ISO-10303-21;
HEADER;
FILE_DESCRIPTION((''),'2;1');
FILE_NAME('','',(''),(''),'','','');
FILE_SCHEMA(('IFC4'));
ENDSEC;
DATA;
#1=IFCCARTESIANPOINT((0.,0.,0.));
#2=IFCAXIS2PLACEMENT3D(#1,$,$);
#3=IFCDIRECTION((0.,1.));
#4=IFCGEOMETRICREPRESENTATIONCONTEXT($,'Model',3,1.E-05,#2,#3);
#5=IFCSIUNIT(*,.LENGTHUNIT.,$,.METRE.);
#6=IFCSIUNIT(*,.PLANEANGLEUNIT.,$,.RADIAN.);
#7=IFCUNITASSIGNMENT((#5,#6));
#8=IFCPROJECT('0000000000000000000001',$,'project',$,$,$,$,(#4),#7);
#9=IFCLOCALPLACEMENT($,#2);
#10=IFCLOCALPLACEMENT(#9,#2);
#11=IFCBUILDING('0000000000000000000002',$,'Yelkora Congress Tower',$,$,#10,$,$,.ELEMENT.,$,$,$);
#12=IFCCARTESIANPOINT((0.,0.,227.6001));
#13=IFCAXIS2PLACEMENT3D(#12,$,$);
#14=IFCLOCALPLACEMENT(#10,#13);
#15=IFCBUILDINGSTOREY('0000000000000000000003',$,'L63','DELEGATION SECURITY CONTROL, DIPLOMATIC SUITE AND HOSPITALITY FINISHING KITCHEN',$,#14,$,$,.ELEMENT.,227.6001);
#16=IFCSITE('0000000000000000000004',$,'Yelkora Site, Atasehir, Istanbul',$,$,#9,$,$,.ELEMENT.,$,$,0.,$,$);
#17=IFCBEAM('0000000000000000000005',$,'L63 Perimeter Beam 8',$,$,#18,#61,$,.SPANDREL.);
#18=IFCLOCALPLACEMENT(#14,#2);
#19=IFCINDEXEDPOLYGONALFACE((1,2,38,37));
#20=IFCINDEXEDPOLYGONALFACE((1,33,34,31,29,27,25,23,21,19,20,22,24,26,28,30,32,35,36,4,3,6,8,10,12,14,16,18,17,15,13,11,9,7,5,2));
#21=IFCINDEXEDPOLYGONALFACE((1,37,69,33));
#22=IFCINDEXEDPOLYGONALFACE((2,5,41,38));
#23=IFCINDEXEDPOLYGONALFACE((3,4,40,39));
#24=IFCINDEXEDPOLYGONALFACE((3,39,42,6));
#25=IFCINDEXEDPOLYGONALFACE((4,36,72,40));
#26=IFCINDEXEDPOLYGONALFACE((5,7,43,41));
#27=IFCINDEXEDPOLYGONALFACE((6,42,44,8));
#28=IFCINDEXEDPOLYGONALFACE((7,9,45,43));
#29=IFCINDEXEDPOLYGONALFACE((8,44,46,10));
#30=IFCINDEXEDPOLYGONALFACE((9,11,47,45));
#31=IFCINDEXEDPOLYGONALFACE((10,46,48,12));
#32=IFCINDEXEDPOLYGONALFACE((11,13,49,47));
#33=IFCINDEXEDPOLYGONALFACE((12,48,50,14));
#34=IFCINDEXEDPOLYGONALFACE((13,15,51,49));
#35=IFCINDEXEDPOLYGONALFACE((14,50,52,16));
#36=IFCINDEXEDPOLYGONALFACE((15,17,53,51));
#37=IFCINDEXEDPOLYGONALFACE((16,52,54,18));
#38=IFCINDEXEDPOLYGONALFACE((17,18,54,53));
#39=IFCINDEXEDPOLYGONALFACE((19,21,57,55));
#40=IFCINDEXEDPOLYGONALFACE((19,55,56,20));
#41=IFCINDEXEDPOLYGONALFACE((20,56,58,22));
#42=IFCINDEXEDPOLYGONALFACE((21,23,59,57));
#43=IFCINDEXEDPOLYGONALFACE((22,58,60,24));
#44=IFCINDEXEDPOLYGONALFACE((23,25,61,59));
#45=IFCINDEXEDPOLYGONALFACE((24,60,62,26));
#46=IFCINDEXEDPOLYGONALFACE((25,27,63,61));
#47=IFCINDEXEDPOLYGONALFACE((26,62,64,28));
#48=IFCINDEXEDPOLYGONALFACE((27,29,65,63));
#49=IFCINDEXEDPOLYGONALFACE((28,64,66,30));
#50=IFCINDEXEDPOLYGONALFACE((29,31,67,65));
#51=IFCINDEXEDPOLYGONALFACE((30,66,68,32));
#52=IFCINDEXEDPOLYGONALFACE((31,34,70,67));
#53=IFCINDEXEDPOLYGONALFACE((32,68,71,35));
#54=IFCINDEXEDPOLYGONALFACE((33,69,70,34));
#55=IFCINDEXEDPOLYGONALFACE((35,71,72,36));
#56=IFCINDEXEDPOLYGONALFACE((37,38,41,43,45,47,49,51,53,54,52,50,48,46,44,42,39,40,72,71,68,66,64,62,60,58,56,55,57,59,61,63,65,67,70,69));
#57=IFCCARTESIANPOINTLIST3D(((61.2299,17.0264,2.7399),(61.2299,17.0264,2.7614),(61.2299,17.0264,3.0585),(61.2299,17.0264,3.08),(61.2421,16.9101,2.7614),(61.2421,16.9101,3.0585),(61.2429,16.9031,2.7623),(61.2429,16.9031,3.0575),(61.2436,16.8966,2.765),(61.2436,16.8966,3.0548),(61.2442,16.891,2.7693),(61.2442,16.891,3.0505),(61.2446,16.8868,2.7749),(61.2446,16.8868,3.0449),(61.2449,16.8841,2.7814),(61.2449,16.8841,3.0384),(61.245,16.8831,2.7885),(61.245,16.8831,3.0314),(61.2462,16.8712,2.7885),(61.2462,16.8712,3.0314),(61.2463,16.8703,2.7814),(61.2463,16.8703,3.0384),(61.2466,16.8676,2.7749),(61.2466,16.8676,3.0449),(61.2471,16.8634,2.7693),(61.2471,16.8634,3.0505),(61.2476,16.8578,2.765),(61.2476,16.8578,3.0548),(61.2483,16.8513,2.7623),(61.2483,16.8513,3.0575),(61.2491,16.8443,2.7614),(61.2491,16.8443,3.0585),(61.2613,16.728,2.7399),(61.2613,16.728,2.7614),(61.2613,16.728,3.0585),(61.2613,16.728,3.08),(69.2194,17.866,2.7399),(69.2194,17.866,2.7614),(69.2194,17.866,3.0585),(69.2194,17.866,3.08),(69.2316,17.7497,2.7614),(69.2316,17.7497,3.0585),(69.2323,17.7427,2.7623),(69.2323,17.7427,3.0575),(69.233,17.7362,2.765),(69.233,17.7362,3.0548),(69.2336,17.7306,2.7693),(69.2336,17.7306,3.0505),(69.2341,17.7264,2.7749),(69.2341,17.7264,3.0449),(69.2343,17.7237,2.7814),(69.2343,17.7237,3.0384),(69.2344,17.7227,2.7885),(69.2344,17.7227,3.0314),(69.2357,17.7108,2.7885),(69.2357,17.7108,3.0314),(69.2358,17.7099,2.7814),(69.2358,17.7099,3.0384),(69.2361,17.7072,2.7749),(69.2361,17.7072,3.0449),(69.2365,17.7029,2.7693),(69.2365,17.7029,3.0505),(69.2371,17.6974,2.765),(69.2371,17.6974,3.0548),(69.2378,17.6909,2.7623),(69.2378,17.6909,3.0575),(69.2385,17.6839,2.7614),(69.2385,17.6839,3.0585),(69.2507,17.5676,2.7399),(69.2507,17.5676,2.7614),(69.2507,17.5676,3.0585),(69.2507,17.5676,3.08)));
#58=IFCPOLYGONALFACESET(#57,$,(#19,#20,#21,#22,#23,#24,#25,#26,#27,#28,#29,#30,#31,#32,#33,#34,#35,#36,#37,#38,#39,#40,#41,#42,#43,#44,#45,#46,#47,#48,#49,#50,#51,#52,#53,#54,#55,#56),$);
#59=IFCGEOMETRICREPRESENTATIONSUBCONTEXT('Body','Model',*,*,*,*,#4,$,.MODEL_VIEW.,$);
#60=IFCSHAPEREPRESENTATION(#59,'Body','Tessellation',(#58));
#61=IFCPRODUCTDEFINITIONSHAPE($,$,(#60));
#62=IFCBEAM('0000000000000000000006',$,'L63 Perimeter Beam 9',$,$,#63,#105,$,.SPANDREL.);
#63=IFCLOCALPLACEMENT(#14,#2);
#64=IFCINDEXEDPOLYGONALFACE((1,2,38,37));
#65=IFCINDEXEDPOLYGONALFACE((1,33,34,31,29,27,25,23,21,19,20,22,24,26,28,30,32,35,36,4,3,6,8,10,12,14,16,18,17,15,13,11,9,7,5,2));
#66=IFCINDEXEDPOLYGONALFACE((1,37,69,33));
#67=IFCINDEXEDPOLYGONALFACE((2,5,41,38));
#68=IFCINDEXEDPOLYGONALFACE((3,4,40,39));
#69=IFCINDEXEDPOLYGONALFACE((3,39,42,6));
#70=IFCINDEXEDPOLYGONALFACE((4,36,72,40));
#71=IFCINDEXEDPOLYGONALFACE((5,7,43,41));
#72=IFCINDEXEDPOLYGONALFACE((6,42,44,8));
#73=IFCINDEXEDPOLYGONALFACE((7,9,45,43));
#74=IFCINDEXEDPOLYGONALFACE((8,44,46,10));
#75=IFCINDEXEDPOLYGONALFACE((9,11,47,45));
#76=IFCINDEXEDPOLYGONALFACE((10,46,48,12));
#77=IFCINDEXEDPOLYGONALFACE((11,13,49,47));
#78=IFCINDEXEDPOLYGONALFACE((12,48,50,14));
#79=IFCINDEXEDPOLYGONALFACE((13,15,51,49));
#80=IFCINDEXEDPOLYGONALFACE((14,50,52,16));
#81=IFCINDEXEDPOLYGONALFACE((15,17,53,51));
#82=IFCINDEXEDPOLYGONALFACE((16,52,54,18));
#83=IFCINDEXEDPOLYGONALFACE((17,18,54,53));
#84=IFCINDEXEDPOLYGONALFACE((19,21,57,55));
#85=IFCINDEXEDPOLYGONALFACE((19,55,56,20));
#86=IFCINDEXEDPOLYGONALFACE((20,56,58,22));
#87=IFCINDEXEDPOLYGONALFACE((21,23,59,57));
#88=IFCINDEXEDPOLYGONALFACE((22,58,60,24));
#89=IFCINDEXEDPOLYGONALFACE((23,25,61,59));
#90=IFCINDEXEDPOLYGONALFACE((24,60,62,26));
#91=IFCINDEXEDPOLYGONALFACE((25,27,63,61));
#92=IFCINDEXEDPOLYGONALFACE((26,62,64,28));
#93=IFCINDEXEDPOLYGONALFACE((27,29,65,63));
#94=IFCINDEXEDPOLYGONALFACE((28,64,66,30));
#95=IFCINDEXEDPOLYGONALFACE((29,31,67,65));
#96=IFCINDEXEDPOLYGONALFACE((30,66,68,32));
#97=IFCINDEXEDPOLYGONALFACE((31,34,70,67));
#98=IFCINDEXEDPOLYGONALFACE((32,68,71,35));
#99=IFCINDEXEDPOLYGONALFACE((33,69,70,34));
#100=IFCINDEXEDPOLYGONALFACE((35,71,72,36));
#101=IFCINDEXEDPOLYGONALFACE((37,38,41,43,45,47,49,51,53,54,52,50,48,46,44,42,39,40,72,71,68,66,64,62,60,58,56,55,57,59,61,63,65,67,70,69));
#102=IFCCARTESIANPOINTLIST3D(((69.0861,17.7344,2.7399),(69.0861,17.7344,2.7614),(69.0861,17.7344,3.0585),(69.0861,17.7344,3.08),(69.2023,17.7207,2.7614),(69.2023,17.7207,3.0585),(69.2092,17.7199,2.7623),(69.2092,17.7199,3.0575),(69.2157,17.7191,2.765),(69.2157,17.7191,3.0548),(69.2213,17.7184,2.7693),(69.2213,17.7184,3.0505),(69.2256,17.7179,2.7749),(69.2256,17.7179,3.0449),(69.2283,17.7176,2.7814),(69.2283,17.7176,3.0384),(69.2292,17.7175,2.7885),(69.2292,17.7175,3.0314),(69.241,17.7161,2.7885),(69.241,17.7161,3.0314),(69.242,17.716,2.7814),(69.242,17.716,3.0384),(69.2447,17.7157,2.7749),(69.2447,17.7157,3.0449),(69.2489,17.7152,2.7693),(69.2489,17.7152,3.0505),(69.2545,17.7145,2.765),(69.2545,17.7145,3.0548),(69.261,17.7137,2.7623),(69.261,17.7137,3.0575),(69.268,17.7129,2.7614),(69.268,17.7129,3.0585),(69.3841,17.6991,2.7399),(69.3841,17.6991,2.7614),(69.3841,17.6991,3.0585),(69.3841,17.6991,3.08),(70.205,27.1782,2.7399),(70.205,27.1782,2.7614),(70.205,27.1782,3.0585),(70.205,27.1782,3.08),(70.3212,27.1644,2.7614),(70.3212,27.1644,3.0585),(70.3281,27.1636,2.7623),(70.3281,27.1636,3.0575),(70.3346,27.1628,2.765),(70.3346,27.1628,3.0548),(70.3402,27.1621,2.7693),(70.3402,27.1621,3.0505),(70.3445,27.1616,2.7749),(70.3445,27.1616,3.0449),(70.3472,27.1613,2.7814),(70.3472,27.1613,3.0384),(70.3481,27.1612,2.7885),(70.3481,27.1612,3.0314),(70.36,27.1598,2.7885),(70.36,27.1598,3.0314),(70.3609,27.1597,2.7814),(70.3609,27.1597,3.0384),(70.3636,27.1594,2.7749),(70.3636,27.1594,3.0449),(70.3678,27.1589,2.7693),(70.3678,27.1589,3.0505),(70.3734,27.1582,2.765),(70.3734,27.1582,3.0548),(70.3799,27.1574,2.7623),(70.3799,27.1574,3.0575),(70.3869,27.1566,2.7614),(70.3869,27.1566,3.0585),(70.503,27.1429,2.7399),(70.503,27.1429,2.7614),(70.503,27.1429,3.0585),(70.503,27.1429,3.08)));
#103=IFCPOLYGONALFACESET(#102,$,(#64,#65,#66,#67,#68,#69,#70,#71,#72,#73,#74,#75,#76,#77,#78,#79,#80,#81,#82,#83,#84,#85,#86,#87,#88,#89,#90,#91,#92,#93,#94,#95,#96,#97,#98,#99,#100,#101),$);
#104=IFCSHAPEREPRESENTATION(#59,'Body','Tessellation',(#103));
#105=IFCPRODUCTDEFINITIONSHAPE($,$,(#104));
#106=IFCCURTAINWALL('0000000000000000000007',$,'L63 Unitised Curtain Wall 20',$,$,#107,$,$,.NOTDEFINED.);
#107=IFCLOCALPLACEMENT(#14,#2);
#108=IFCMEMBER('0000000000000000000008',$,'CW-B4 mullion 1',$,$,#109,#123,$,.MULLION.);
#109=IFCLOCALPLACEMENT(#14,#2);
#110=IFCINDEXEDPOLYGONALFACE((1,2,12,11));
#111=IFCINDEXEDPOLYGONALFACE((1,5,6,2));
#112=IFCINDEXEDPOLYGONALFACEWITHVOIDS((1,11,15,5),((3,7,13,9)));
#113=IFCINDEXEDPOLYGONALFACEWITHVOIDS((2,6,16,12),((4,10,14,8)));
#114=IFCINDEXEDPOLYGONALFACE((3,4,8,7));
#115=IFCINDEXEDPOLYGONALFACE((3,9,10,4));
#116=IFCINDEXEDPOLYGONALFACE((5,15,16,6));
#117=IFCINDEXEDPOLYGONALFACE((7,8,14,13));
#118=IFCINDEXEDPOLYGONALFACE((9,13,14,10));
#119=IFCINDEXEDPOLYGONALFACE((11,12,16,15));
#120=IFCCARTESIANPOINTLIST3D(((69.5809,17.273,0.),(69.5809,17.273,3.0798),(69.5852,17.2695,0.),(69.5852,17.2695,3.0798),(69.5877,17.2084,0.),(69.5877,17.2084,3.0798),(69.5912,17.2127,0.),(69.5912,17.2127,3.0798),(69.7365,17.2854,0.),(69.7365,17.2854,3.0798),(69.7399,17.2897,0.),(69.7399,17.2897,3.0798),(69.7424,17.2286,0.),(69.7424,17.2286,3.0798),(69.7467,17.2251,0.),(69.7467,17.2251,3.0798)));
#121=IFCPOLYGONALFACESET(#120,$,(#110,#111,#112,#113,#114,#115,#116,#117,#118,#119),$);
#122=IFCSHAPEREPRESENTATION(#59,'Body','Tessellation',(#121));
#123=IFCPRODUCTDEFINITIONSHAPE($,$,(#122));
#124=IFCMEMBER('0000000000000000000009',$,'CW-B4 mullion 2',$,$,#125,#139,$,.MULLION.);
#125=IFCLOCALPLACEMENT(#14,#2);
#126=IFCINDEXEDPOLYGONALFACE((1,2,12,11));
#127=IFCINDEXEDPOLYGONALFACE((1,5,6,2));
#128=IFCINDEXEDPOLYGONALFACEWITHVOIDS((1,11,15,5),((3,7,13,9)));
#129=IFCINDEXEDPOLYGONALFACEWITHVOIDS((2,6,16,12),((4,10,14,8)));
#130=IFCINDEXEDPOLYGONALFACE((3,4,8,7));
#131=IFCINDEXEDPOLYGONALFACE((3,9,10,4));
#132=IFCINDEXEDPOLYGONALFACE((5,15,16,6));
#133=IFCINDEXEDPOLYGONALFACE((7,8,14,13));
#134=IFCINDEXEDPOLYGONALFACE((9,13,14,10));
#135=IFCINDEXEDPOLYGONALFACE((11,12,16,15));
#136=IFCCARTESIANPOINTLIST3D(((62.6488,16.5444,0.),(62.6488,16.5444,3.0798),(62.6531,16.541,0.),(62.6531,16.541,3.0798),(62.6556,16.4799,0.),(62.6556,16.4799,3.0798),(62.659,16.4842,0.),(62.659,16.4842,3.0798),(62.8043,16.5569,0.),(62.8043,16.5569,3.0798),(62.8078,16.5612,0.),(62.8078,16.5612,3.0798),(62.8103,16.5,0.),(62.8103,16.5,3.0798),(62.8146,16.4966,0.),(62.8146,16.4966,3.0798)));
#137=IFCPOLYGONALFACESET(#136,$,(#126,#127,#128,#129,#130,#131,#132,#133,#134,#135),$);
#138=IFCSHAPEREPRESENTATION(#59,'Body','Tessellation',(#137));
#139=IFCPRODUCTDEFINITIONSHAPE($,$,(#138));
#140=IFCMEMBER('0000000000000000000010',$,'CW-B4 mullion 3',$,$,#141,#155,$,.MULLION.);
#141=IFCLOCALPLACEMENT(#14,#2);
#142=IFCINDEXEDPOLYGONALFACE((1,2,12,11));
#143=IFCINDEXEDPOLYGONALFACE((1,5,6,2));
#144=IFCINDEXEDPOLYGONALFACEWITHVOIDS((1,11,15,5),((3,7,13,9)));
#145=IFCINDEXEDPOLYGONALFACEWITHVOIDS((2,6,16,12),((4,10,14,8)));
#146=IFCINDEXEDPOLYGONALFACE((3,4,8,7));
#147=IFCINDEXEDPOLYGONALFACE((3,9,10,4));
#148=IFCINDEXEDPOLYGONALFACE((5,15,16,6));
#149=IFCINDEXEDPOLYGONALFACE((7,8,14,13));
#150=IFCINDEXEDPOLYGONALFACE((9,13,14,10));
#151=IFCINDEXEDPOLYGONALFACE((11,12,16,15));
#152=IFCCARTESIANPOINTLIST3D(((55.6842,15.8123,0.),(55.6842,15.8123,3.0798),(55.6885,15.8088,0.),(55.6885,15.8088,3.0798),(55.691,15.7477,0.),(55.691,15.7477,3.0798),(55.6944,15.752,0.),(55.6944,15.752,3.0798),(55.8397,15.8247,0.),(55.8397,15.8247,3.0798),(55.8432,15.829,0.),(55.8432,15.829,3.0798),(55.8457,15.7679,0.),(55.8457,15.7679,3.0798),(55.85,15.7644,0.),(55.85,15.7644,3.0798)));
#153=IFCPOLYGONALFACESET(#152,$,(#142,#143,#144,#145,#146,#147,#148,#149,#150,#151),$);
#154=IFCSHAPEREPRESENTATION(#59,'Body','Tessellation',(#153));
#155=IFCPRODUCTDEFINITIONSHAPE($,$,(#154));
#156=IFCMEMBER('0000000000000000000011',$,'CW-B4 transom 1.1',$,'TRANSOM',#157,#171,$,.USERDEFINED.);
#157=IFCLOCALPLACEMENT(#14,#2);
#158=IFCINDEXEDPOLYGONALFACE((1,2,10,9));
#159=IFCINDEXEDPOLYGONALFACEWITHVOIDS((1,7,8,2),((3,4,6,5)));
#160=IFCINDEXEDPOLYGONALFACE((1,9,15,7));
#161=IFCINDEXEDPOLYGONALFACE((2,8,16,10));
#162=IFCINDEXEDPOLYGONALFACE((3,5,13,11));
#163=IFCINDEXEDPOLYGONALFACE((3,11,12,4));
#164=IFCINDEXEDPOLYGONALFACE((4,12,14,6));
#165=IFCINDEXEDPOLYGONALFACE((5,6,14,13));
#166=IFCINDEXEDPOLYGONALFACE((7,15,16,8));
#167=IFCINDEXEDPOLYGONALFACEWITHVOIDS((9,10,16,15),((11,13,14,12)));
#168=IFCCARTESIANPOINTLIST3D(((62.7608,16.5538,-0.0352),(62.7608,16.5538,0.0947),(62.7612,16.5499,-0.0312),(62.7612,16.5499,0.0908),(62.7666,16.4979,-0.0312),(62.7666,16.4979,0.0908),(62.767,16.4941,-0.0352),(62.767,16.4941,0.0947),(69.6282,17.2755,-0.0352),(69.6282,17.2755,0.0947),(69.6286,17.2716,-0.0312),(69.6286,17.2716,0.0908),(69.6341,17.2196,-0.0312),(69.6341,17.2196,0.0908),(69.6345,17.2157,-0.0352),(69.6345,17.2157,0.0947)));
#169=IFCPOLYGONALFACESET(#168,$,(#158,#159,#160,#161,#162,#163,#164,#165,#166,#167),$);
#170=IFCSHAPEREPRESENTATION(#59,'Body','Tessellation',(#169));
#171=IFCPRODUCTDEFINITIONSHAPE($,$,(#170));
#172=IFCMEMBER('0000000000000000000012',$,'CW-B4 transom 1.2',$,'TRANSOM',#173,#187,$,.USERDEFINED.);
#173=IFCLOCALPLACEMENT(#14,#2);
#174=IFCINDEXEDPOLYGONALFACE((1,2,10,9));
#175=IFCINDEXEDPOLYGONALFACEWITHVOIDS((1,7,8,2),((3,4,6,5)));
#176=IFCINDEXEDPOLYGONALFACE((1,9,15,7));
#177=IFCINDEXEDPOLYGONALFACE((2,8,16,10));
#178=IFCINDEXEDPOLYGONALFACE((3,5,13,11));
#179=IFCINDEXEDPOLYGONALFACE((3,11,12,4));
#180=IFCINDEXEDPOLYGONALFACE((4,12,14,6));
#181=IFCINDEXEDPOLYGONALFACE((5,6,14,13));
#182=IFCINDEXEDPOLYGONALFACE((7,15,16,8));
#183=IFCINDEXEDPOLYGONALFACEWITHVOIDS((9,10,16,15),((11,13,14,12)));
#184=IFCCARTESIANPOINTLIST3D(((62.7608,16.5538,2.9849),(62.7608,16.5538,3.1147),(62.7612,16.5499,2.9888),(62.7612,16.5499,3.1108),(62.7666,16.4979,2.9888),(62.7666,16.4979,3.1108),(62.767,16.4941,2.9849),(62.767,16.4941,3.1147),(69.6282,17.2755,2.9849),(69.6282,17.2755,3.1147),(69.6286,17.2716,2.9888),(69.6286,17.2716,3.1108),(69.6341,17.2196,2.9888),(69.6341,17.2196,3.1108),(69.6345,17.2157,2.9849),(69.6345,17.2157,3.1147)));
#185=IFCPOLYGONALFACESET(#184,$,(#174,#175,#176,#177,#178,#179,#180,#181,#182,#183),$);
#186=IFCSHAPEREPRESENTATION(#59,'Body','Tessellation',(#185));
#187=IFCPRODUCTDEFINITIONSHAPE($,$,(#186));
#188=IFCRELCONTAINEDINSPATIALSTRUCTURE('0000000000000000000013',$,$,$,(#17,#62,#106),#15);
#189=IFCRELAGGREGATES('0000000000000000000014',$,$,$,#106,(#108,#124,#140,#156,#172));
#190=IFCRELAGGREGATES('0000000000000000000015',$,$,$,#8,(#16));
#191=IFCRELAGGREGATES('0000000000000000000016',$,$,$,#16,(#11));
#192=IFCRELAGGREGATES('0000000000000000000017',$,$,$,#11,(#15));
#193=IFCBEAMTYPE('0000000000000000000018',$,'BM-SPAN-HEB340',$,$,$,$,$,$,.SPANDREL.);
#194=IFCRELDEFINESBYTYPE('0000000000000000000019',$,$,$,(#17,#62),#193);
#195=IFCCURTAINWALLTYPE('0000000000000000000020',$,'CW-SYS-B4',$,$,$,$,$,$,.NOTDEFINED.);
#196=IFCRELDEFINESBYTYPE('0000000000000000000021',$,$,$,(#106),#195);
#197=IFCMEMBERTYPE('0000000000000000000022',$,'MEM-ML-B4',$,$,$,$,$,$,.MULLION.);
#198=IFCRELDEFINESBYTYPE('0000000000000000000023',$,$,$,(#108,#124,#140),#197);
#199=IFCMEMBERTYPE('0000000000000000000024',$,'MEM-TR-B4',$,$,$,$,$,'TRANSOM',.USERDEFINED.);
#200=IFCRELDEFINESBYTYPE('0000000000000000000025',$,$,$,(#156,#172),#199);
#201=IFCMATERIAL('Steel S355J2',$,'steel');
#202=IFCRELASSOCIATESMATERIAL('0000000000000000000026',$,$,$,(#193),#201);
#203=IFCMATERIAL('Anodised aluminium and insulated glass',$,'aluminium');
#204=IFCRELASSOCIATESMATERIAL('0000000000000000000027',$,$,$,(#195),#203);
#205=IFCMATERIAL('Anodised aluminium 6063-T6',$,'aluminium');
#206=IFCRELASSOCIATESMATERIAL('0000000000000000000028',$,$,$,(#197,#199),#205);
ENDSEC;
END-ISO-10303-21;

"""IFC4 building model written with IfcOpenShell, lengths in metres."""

from ifc_helpers import new_model, si_unit, direction, frame, origin, origin_2d, place, context, subcontext, project, spatial, hollow_rectangle, i_section, extrude, material, material_profile, profile_set, type_object, element, aggregate, save


model = new_model("IFC4")

# Units and contexts
model_context = context("Model", 3, precision=1e-05, world=origin(), true_north=direction((0.0, 1.0)))
body_context = subcontext(model_context, "Body", "Model", "MODEL_VIEW")
ifc_project = project(units=[si_unit("LENGTHUNIT", "METRE"), si_unit("PLANEANGLEUNIT", "RADIAN")], contexts=[model_context])

# Site, building, storey
site_placement = place(None, origin())
site = spatial("IfcSite", under=ifc_project, at=site_placement, Name="Yelkora Site, Atasehir, Istanbul", CompositionType="ELEMENT", RefElevation=0.0)
building_placement = place(site_placement, origin())
building = spatial("IfcBuilding", under=site, at=building_placement, Name="Yelkora Congress Tower", CompositionType="ELEMENT")
storey_placement = place(building_placement, frame((0.0, 0.0, 227.6001)))
storey = spatial("IfcBuildingStorey", under=building, at=storey_placement, Name="L63", Description="DELEGATION SECURITY CONTROL, DIPLOMATIC SUITE AND HOSPITALITY FINISHING KITCHEN", CompositionType="ELEMENT", Elevation=227.6001)

# Shared definitions
ifc_material_1 = material(Name="Steel S355J2", Category="steel")

# Beams
ifc_material_profile_1 = material_profile(ifc_material_1, i_section(OverallWidth=0.3, OverallDepth=0.3401, WebThickness=0.012, FlangeThickness=0.0215, FilletRadius=0.0271, at=origin_2d()), Name="HEB 340")
ifc_profile_set_1 = profile_set([ifc_material_profile_1], Name="Steel S355J2")
beam_type_1 = type_object("IfcBeamType", Name="BM-SPAN-HEB340", PredefinedType="SPANDREL", material=ifc_profile_set_1)
beam_1_placement = place(storey_placement, frame((61.2456, 16.8772, 2.9099), z_axis=(0.994524, 0.104512, 0.0), x_axis=(-0.104512, 0.994524, 0.0)))
element("IfcBeam", 1, at=beam_1_placement, inside=storey, type_object=beam_type_1, Name="L63 Perimeter Beam 8", PredefinedType="SPANDREL", context=body_context, shape_type="SweptSolid", body=[
    extrude(i_section(OverallWidth=0.3, OverallDepth=0.3401, WebThickness=0.012, FlangeThickness=0.0215, FilletRadius=0.0271, at=origin_2d()), origin(), (0.0, 0.0, 1.0), 8.0334),
])
beam_2_placement = place(storey_placement, frame((69.2351, 17.7168, 2.9099), z_axis=(0.117659, 0.993054, 0.0), x_axis=(-0.993054, 0.117659, 0.0)))
element("IfcBeam", 2, at=beam_2_placement, inside=storey, type_object=beam_type_1, Name="L63 Perimeter Beam 9", PredefinedType="SPANDREL", context=body_context, shape_type="SweptSolid", body=[
    extrude(i_section(OverallWidth=0.3, OverallDepth=0.3401, WebThickness=0.012, FlangeThickness=0.0215, FilletRadius=0.0271, at=origin_2d()), origin(), (0.0, 0.0, 1.0), 9.5098),
])

# Curtain wall, members
ifc_material_2 = material(Name="Anodised aluminium and insulated glass", Category="aluminium")
curtain_wall_type = type_object("IfcCurtainWallType", Name="CW-SYS-B4", PredefinedType="NOTDEFINED", material=ifc_material_2)
curtain_wall_placement = place(storey_placement, origin())
curtain_wall = element("IfcCurtainWall", 3, at=curtain_wall_placement, inside=storey, type_object=curtain_wall_type, Name="L63 Unitised Curtain Wall 20", PredefinedType="NOTDEFINED")
ifc_material_3 = material(Name="Anodised aluminium 6063-T6", Category="aluminium")
ifc_material_profile_2 = material_profile(ifc_material_3, hollow_rectangle(XDim=0.0649, YDim=0.1599, WallThickness=0.0039, at=origin_2d()), Name="ALU 65x160x4")
ifc_profile_set_2 = profile_set([ifc_material_profile_2], Name="Anodised aluminium 6063-T6")
member_type_1 = type_object("IfcMemberType", Name="MEM-ML-B4", PredefinedType="MULLION", material=ifc_profile_set_2)
member_1_placement = place(storey_placement, frame((69.6638, 17.249, 0.0), z_axis=(0.0, 0.0, 1.0), x_axis=(0.104527, -0.994522, 0.0)))
member_1 = element("IfcMember", 4, at=member_1_placement, type_object=member_type_1, Name="CW-B4 mullion 1", PredefinedType="MULLION", context=body_context, shape_type="SweptSolid", body=[
    extrude(hollow_rectangle(XDim=0.0649, YDim=0.1599, WallThickness=0.0039, at=origin_2d()), origin(), (0.0, 0.0, 1.0), 3.0798),
])
member_2_placement = place(storey_placement, frame((62.7317, 16.5205, 0.0), z_axis=(0.0, 0.0, 1.0), x_axis=(0.104527, -0.994522, 0.0)))
member_2 = element("IfcMember", 5, at=member_2_placement, type_object=member_type_1, Name="CW-B4 mullion 2", PredefinedType="MULLION", context=body_context, shape_type="SweptSolid", body=[
    extrude(hollow_rectangle(XDim=0.0649, YDim=0.1599, WallThickness=0.0039, at=origin_2d()), origin(), (0.0, 0.0, 1.0), 3.0798),
])
member_3_placement = place(storey_placement, frame((55.7671, 15.7883, 0.0), z_axis=(0.0, 0.0, 1.0), x_axis=(0.104527, -0.994522, 0.0)))
member_3 = element("IfcMember", 6, at=member_3_placement, type_object=member_type_1, Name="CW-B4 mullion 3", PredefinedType="MULLION", context=body_context, shape_type="SweptSolid", body=[
    extrude(hollow_rectangle(XDim=0.0649, YDim=0.1599, WallThickness=0.0039, at=origin_2d()), origin(), (0.0, 0.0, 1.0), 3.0798),
])
ifc_material_profile_3 = material_profile(ifc_material_3, hollow_rectangle(XDim=0.0601, YDim=0.1299, WallThickness=0.0039, at=origin_2d()), Name="ALU 60x130x4")
ifc_profile_set_3 = profile_set([ifc_material_profile_3], Name="Anodised aluminium 6063-T6")
member_type_2 = type_object("IfcMemberType", Name="MEM-TR-B4", ElementType="TRANSOM", PredefinedType="USERDEFINED", material=ifc_profile_set_3)
member_4_placement = place(storey_placement, frame((69.6313, 17.2456, 0.0298), z_axis=(-0.994524, -0.104512, 0.0), x_axis=(0.104512, -0.994524, 0.0)))
member_4 = element("IfcMember", 7, at=member_4_placement, type_object=member_type_2, Name="CW-B4 transom 1.1", ObjectType="TRANSOM", PredefinedType="USERDEFINED", context=body_context, shape_type="SweptSolid", body=[
    extrude(hollow_rectangle(XDim=0.0601, YDim=0.1299, WallThickness=0.0039, at=origin_2d()), origin(), (0.0, 0.0, 1.0), 6.9053),
])
member_5_placement = place(storey_placement, frame((69.6313, 17.2456, 3.0498), z_axis=(-0.994524, -0.104512, 0.0), x_axis=(0.104512, -0.994524, 0.0)))
member_5 = element("IfcMember", 8, at=member_5_placement, type_object=member_type_2, Name="CW-B4 transom 1.2", ObjectType="TRANSOM", PredefinedType="USERDEFINED", context=body_context, shape_type="SweptSolid", body=[
    extrude(hollow_rectangle(XDim=0.0601, YDim=0.1299, WallThickness=0.0039, at=origin_2d()), origin(), (0.0, 0.0, 1.0), 6.9053),
])
aggregate(curtain_wall, [member_1, member_2, member_3, member_4, member_5])

save(model, "model.ifc")
